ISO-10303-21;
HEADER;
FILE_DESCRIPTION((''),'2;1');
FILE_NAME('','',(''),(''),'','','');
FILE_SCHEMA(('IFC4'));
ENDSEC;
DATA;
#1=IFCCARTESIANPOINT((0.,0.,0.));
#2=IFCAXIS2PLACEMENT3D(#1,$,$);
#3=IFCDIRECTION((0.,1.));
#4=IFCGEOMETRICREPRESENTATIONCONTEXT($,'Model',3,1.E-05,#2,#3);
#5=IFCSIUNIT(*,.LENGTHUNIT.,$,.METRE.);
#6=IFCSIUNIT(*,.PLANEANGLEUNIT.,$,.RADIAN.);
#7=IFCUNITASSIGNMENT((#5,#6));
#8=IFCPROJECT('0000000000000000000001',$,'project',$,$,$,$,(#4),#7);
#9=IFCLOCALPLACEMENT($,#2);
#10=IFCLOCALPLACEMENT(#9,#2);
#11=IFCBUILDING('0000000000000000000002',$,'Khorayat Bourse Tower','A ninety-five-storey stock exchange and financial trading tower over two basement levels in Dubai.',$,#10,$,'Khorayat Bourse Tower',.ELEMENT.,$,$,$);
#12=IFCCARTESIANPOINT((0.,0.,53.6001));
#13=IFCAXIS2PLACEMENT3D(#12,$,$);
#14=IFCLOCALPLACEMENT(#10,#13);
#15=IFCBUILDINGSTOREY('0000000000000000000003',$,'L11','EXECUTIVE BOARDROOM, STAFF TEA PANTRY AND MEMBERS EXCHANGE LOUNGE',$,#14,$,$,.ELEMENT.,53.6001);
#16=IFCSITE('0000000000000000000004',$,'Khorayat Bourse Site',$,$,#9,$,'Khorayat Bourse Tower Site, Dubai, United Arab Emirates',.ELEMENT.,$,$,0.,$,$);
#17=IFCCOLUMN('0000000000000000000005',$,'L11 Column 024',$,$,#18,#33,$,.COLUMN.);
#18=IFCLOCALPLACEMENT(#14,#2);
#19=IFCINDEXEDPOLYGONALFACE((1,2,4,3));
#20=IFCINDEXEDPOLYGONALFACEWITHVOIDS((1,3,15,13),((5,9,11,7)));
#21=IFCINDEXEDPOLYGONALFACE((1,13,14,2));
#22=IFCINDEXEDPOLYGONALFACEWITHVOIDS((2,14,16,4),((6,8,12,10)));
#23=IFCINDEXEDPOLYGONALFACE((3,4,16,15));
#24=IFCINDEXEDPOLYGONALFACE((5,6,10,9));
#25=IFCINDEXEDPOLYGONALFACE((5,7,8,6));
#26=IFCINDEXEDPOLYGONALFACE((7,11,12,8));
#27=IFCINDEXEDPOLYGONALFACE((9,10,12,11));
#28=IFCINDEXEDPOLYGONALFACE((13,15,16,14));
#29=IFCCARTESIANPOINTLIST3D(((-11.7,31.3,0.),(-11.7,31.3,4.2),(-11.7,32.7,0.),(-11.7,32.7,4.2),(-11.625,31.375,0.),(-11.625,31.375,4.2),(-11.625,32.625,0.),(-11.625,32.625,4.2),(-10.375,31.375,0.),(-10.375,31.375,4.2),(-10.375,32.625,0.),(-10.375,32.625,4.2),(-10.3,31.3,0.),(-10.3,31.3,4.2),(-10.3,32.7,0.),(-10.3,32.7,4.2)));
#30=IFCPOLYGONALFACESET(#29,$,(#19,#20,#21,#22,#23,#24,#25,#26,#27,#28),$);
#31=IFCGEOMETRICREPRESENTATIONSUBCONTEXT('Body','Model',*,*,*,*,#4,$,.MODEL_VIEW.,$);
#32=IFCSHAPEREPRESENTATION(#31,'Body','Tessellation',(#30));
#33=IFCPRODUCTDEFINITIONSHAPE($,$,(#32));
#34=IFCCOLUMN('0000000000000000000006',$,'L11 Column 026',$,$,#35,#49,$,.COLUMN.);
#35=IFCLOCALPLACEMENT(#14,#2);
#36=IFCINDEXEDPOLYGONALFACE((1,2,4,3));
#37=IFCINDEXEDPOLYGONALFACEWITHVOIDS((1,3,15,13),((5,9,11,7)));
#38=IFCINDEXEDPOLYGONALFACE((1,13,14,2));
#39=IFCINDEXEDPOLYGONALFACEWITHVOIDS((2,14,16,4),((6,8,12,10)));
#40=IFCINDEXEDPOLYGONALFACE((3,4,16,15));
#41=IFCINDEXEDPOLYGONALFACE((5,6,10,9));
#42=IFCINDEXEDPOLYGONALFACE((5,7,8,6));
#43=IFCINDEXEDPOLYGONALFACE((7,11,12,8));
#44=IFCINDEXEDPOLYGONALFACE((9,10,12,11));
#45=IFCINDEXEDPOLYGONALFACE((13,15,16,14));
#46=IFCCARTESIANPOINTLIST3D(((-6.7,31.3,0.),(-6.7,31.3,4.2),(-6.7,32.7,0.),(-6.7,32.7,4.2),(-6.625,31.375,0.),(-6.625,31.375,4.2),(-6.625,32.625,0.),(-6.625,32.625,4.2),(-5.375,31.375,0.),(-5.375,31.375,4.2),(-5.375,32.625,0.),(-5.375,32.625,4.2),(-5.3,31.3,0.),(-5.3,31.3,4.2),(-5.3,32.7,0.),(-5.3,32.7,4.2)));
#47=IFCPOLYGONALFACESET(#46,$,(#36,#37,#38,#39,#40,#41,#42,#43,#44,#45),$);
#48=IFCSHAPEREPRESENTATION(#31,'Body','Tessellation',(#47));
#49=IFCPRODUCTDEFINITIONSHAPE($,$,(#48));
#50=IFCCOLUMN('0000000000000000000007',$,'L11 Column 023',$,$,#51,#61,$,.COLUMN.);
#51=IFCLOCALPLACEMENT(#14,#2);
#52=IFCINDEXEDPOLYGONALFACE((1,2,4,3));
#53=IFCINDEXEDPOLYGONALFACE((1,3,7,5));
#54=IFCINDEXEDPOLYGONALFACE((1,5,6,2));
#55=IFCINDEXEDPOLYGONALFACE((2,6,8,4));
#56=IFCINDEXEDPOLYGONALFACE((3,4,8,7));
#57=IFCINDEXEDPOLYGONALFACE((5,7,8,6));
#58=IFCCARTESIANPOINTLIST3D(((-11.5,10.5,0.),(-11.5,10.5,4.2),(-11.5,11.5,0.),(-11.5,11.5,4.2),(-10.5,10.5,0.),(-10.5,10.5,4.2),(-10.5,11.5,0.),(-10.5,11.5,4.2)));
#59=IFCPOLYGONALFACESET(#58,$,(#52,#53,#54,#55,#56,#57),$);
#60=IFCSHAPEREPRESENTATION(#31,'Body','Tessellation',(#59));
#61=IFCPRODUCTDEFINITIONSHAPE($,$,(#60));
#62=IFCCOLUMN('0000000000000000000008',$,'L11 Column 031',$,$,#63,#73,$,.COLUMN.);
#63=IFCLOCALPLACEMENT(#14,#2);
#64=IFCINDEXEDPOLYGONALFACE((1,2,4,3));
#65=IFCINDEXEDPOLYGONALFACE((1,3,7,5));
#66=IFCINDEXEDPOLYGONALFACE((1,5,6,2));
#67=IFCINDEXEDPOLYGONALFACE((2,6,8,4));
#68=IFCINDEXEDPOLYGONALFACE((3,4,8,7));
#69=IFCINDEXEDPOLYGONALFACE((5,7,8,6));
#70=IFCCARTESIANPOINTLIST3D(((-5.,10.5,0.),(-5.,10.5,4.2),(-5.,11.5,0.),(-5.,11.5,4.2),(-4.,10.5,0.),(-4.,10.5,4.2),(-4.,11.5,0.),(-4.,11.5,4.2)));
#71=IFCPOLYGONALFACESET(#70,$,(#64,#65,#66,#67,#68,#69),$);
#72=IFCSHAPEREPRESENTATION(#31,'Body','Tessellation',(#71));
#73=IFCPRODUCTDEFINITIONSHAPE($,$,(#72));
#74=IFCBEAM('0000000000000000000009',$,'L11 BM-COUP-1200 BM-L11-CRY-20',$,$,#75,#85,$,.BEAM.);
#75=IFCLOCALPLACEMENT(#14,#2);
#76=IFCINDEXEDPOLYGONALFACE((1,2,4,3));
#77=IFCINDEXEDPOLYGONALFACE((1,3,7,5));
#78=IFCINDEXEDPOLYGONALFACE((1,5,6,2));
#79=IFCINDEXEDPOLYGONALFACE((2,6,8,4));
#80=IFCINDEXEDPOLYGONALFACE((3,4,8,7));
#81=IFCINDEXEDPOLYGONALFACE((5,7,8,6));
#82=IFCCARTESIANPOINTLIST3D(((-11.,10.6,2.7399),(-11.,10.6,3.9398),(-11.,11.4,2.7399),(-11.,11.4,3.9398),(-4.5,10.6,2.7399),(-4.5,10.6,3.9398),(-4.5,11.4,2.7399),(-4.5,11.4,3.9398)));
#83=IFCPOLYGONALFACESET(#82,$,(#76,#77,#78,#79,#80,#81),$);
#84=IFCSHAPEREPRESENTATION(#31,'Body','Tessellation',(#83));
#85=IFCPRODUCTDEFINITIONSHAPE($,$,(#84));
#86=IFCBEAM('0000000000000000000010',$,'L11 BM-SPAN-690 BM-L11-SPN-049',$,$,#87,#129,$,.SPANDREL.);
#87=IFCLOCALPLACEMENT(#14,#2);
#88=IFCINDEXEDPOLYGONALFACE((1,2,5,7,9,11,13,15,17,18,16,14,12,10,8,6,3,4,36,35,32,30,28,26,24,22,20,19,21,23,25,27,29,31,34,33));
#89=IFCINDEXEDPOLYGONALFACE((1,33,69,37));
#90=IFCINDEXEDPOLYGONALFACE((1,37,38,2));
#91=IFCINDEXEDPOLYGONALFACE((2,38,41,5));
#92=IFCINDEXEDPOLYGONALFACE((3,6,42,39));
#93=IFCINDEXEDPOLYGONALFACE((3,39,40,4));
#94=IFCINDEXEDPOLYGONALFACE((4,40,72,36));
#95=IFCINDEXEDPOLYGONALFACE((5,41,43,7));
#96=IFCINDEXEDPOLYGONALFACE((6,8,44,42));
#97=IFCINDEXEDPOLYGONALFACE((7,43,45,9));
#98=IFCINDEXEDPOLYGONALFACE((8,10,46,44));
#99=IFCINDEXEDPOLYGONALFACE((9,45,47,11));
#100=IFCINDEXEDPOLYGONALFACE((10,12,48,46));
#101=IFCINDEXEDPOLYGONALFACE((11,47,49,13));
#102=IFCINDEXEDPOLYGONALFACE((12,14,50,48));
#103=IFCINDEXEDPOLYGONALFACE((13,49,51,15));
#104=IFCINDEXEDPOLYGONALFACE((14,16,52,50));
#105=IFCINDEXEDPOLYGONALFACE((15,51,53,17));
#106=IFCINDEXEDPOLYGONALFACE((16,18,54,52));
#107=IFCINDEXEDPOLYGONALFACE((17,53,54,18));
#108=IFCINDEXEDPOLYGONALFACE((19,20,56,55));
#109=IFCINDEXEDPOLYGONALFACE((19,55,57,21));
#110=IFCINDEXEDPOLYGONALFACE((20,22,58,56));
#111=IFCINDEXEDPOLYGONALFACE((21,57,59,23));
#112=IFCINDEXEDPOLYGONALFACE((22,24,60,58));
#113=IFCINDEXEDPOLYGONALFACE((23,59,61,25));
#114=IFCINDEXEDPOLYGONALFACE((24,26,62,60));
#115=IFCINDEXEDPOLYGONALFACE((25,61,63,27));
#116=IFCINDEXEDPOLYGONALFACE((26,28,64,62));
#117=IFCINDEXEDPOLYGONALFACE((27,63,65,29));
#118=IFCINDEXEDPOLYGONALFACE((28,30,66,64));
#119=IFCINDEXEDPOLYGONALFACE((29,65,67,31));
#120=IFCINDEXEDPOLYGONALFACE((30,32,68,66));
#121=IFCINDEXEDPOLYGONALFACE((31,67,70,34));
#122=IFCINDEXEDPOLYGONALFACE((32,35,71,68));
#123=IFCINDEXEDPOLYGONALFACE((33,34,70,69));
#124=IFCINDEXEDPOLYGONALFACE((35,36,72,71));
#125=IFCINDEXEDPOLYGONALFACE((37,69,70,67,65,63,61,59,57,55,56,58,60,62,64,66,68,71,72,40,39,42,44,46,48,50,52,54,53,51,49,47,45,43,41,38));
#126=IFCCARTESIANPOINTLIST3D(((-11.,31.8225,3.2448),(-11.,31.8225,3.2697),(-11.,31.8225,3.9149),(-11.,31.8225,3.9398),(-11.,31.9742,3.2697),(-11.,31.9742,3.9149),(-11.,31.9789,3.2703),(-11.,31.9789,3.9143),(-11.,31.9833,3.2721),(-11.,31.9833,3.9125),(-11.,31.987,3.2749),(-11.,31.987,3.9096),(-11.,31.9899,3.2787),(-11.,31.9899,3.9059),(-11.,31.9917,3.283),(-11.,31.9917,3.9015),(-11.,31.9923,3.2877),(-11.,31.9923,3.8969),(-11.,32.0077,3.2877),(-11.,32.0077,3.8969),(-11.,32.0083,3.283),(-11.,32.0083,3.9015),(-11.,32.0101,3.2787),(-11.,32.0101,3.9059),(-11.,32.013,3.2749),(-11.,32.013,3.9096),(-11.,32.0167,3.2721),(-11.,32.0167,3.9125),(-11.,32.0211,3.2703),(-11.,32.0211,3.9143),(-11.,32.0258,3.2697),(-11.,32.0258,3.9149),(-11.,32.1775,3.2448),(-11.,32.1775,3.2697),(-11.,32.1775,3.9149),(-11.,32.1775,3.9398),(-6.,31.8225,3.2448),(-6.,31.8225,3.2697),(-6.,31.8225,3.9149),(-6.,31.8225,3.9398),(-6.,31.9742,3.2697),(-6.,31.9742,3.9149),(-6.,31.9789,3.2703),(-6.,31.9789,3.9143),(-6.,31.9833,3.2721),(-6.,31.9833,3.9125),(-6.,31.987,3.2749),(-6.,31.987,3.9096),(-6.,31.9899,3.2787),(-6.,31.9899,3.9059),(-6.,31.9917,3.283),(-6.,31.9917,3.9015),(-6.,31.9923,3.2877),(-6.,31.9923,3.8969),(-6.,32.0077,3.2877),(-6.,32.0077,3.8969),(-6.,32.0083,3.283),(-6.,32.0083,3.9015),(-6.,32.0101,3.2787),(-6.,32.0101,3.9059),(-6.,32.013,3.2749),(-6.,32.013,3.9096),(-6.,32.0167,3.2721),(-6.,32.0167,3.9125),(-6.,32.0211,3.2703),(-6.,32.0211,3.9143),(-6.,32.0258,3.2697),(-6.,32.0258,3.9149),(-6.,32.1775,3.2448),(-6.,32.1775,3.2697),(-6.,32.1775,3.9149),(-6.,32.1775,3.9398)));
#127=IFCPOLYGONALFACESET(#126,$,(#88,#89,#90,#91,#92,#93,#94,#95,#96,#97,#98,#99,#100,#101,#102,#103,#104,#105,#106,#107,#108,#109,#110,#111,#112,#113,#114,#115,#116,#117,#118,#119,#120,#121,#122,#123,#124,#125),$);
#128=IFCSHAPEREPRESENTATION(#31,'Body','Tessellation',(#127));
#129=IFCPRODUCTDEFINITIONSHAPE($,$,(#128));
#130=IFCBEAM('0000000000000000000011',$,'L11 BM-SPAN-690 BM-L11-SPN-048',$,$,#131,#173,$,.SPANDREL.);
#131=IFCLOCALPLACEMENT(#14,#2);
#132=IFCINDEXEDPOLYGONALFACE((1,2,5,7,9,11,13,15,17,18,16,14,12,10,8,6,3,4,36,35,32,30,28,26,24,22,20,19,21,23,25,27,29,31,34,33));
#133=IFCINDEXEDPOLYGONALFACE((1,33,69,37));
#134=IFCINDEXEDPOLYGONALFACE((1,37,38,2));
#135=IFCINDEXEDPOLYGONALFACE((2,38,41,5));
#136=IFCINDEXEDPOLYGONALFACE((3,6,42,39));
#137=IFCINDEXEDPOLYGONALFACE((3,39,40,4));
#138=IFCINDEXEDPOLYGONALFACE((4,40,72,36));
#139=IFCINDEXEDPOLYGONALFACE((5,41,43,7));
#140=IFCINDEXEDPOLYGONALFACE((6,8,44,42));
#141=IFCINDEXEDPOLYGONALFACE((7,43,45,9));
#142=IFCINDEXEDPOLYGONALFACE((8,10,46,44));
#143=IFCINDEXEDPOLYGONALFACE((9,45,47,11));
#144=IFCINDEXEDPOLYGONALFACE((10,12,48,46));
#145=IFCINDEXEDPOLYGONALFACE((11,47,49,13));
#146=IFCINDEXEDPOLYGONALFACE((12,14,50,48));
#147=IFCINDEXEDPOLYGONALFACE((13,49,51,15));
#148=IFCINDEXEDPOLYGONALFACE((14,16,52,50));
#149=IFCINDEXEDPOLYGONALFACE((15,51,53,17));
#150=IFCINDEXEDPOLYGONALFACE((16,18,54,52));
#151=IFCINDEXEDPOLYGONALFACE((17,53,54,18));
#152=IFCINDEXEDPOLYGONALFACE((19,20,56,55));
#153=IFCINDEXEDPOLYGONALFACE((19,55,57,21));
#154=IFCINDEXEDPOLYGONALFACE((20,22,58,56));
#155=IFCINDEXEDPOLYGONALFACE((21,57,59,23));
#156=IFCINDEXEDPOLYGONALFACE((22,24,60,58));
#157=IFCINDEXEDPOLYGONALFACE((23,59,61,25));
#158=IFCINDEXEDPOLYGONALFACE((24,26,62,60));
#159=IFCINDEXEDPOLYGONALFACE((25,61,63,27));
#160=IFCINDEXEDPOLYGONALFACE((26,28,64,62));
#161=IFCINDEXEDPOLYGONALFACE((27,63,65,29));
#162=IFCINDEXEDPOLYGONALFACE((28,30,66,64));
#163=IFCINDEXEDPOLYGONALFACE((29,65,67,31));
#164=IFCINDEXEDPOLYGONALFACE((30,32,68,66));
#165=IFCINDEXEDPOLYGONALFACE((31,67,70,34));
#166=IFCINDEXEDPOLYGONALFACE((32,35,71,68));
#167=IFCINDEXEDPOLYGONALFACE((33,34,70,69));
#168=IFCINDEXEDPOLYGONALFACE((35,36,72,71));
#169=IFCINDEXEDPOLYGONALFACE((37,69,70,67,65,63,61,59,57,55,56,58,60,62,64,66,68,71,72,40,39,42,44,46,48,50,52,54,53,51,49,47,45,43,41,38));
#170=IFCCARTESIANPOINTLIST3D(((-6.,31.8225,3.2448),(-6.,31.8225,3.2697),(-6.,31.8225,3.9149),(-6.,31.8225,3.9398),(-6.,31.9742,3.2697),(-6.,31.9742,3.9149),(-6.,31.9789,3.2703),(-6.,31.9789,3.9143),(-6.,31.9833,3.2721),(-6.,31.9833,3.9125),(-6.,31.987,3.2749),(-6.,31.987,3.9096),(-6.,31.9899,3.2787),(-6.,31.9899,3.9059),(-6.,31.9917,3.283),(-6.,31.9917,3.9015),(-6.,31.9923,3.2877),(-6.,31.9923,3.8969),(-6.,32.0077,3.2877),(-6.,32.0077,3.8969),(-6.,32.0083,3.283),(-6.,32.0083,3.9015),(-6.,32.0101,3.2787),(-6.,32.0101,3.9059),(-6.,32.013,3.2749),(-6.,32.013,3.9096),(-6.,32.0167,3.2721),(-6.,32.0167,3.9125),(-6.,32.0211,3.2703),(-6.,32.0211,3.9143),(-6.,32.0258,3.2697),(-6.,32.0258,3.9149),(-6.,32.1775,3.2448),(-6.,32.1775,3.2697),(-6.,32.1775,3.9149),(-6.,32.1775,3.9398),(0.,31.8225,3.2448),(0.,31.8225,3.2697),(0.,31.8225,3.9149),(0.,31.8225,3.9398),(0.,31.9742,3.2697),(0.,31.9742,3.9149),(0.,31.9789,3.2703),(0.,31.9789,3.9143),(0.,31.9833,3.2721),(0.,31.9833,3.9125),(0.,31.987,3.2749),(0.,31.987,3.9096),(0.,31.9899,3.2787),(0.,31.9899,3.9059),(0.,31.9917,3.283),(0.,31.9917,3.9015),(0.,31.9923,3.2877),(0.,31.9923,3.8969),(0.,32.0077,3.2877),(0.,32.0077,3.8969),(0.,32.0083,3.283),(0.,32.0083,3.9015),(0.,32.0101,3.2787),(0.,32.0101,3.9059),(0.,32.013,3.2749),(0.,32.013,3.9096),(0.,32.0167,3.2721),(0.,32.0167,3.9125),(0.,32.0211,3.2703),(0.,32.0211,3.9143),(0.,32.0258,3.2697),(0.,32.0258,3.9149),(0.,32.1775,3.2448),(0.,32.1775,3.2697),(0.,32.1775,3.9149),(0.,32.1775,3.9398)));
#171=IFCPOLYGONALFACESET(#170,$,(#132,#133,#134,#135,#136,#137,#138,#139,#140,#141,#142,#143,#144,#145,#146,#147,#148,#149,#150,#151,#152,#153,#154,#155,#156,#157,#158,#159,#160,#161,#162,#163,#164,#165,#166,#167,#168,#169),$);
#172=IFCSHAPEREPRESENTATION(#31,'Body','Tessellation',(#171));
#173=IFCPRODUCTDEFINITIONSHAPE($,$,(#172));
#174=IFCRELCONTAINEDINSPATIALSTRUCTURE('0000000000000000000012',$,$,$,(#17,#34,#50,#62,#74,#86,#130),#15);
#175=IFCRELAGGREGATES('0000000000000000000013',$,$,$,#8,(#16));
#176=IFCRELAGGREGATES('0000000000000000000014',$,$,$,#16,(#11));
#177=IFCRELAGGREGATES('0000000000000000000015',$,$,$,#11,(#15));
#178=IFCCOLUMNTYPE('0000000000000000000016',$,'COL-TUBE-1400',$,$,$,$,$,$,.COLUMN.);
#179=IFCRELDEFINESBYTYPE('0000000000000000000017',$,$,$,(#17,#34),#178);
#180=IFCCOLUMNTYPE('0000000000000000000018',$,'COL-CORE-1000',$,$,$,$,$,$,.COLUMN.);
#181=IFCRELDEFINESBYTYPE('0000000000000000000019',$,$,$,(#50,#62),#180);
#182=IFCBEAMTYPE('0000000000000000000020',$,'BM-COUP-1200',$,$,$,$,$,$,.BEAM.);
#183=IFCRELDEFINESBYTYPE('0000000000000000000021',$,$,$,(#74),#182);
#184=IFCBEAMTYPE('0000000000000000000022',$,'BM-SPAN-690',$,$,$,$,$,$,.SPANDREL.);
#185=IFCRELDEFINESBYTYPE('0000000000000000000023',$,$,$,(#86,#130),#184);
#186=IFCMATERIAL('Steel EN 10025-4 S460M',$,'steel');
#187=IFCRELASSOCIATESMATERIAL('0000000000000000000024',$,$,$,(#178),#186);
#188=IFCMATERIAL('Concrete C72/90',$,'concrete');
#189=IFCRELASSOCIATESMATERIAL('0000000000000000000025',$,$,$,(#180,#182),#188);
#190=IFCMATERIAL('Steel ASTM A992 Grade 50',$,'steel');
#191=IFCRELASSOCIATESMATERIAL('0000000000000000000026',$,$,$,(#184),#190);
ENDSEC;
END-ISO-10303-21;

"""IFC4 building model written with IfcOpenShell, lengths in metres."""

from ifc_helpers import new_model, si_unit, direction, frame, origin, origin_2d, place, context, subcontext, project, spatial, rectangle, hollow_rectangle, i_section, extrude, source, transform, mapped, material, material_profile, profile_set, type_object, element, save


model = new_model("IFC4")

# Units and contexts
model_context = context("Model", 3, precision=1e-05, world=origin(), true_north=direction((0.0, 1.0)))
body_context = subcontext(model_context, "Body", "Model", "MODEL_VIEW")
ifc_project = project(units=[si_unit("LENGTHUNIT", "METRE"), si_unit("PLANEANGLEUNIT", "RADIAN")], contexts=[model_context])

# Site, building, storey
site_placement = place(None, origin())
site = spatial("IfcSite", under=ifc_project, at=site_placement, Name="Khorayat Bourse Site", LongName="Khorayat Bourse Tower Site, Dubai, United Arab Emirates", CompositionType="ELEMENT", RefElevation=0.0)
building_placement = place(site_placement, origin())
building = spatial("IfcBuilding", under=site, at=building_placement, Name="Khorayat Bourse Tower", Description="A ninety-five-storey stock exchange and financial trading tower over two basement levels in Dubai.", LongName="Khorayat Bourse Tower", CompositionType="ELEMENT")
storey_placement = place(building_placement, frame((0.0, 0.0, 53.6001)))
storey = spatial("IfcBuildingStorey", under=building, at=storey_placement, Name="L11", Description="EXECUTIVE BOARDROOM, STAFF TEA PANTRY AND MEMBERS EXCHANGE LOUNGE", CompositionType="ELEMENT", Elevation=53.6001)

# Columns
ifc_material_1 = material(Name="Steel EN 10025-4 S460M", Category="steel")
ifc_material_profile_1 = material_profile(ifc_material_1, hollow_rectangle(XDim=1.3999, YDim=1.3999, WallThickness=0.075, at=origin_2d()), Name="BOX 1400x1400x75")
ifc_profile_set_1 = profile_set([ifc_material_profile_1], Name="Steel EN 10025-4 S460M")
column_type_1 = type_object("IfcColumnType", Name="COL-TUBE-1400", PredefinedType="COLUMN", material=ifc_profile_set_1)
shared_shape_1 = source(origin(), body_context, "Body", "SweptSolid", [
    extrude(hollow_rectangle(XDim=1.3999, YDim=1.3999, WallThickness=0.075, at=origin_2d()), origin(), (0.0, 0.0, 1.0), 4.2),
])
for number, where, z_axis, x_axis, name in (
    (1, (-11.0, 32.0, 0.0), (0.0, 0.0, 1.0), (1.0, 0.0, 0.0), "L11 Column 024"),
    (2, (-6.0, 32.0, 0.0), (0.0, 0.0, 1.0), (1.0, 0.0, 0.0), "L11 Column 026"),
):
    element("IfcColumn", number, at=place(storey_placement, frame(where, z_axis=z_axis, x_axis=x_axis)), inside=storey, type_object=column_type_1, Name=name, PredefinedType="COLUMN", context=body_context, shape_type="MappedRepresentation", body=[
        mapped(shared_shape_1, transform((0.0, 0.0, 0.0), scale=1.0)),
    ])
ifc_material_2 = material(Name="Concrete C72/90", Category="concrete")
ifc_material_profile_2 = material_profile(ifc_material_2, rectangle(XDim=1.0, YDim=1.0, at=origin_2d()), Name="RC 1000x1000")
ifc_profile_set_2 = profile_set([ifc_material_profile_2], Name="Concrete C72/90")
column_type_2 = type_object("IfcColumnType", Name="COL-CORE-1000", PredefinedType="COLUMN", material=ifc_profile_set_2)
shared_shape_2 = source(origin(), body_context, "Body", "SweptSolid", [
    extrude(rectangle(XDim=1.0, YDim=1.0, at=origin_2d()), origin(), (0.0, 0.0, 1.0), 4.2),
])
for number, where, z_axis, x_axis, name in (
    (3, (-11.0, 11.0, 0.0), (0.0, 0.0, 1.0), (1.0, 0.0, 0.0), "L11 Column 023"),
    (4, (-4.5, 11.0, 0.0), (0.0, 0.0, 1.0), (1.0, 0.0, 0.0), "L11 Column 031"),
):
    element("IfcColumn", number, at=place(storey_placement, frame(where, z_axis=z_axis, x_axis=x_axis)), inside=storey, type_object=column_type_2, Name=name, PredefinedType="COLUMN", context=body_context, shape_type="MappedRepresentation", body=[
        mapped(shared_shape_2, transform((0.0, 0.0, 0.0), scale=1.0)),
    ])

# Beams
ifc_material_profile_3 = material_profile(ifc_material_2, rectangle(XDim=0.8, YDim=1.2, at=origin_2d()), Name="RC 800x1200")
ifc_profile_set_3 = profile_set([ifc_material_profile_3], Name="Concrete C72/90")
beam_type_1 = type_object("IfcBeamType", Name="BM-COUP-1200", PredefinedType="BEAM", material=ifc_profile_set_3)
shared_shape_3 = source(origin(), body_context, "Body", "SweptSolid", [
    extrude(rectangle(XDim=0.8, YDim=1.2, at=origin_2d()), origin(), (0.0, 0.0, 1.0), 6.5),
])
beam_1_placement = place(storey_placement, frame((-11.0, 11.0, 3.3398), z_axis=(1.0, 0.0, 0.0), x_axis=(0.0, 1.0, 0.0)))
element("IfcBeam", 5, at=beam_1_placement, inside=storey, type_object=beam_type_1, Name="L11 BM-COUP-1200 BM-L11-CRY-20", PredefinedType="BEAM", context=body_context, shape_type="MappedRepresentation", body=[
    mapped(shared_shape_3, transform((0.0, 0.0, 0.0), scale=1.0)),
])
ifc_material_3 = material(Name="Steel ASTM A992 Grade 50", Category="steel")
ifc_material_profile_4 = material_profile(ifc_material_3, i_section(OverallWidth=0.355, OverallDepth=0.6951, WebThickness=0.0154, FlangeThickness=0.0249, FilletRadius=0.0181, at=origin_2d()), Name="W690X217")
ifc_profile_set_4 = profile_set([ifc_material_profile_4], Name="Steel ASTM A992 Grade 50")
beam_type_2 = type_object("IfcBeamType", Name="BM-SPAN-690", PredefinedType="SPANDREL", material=ifc_profile_set_4)
shared_shape_4 = source(origin(), body_context, "Body", "SweptSolid", [
    extrude(i_section(OverallWidth=0.355, OverallDepth=0.6951, WebThickness=0.0154, FlangeThickness=0.0249, FilletRadius=0.0181, at=origin_2d()), origin(), (0.0, 0.0, 1.0), 5.0),
])
beam_2_placement = place(storey_placement, frame((-11.0, 32.0, 3.5923), z_axis=(1.0, 0.0, 0.0), x_axis=(0.0, 1.0, 0.0)))
element("IfcBeam", 6, at=beam_2_placement, inside=storey, type_object=beam_type_2, Name="L11 BM-SPAN-690 BM-L11-SPN-049", PredefinedType="SPANDREL", context=body_context, shape_type="MappedRepresentation", body=[
    mapped(shared_shape_4, transform((0.0, 0.0, 0.0), scale=1.0)),
])
shared_shape_5 = source(origin(), body_context, "Body", "SweptSolid", [
    extrude(i_section(OverallWidth=0.355, OverallDepth=0.6951, WebThickness=0.0154, FlangeThickness=0.0249, FilletRadius=0.0181, at=origin_2d()), origin(), (0.0, 0.0, 1.0), 6.0),
])
beam_3_placement = place(storey_placement, frame((-6.0, 32.0, 3.5923), z_axis=(1.0, 0.0, 0.0), x_axis=(0.0, 1.0, 0.0)))
element("IfcBeam", 7, at=beam_3_placement, inside=storey, type_object=beam_type_2, Name="L11 BM-SPAN-690 BM-L11-SPN-048", PredefinedType="SPANDREL", context=body_context, shape_type="MappedRepresentation", body=[
    mapped(shared_shape_5, transform((0.0, 0.0, 0.0), scale=1.0)),
])

save(model, "model.ifc")
